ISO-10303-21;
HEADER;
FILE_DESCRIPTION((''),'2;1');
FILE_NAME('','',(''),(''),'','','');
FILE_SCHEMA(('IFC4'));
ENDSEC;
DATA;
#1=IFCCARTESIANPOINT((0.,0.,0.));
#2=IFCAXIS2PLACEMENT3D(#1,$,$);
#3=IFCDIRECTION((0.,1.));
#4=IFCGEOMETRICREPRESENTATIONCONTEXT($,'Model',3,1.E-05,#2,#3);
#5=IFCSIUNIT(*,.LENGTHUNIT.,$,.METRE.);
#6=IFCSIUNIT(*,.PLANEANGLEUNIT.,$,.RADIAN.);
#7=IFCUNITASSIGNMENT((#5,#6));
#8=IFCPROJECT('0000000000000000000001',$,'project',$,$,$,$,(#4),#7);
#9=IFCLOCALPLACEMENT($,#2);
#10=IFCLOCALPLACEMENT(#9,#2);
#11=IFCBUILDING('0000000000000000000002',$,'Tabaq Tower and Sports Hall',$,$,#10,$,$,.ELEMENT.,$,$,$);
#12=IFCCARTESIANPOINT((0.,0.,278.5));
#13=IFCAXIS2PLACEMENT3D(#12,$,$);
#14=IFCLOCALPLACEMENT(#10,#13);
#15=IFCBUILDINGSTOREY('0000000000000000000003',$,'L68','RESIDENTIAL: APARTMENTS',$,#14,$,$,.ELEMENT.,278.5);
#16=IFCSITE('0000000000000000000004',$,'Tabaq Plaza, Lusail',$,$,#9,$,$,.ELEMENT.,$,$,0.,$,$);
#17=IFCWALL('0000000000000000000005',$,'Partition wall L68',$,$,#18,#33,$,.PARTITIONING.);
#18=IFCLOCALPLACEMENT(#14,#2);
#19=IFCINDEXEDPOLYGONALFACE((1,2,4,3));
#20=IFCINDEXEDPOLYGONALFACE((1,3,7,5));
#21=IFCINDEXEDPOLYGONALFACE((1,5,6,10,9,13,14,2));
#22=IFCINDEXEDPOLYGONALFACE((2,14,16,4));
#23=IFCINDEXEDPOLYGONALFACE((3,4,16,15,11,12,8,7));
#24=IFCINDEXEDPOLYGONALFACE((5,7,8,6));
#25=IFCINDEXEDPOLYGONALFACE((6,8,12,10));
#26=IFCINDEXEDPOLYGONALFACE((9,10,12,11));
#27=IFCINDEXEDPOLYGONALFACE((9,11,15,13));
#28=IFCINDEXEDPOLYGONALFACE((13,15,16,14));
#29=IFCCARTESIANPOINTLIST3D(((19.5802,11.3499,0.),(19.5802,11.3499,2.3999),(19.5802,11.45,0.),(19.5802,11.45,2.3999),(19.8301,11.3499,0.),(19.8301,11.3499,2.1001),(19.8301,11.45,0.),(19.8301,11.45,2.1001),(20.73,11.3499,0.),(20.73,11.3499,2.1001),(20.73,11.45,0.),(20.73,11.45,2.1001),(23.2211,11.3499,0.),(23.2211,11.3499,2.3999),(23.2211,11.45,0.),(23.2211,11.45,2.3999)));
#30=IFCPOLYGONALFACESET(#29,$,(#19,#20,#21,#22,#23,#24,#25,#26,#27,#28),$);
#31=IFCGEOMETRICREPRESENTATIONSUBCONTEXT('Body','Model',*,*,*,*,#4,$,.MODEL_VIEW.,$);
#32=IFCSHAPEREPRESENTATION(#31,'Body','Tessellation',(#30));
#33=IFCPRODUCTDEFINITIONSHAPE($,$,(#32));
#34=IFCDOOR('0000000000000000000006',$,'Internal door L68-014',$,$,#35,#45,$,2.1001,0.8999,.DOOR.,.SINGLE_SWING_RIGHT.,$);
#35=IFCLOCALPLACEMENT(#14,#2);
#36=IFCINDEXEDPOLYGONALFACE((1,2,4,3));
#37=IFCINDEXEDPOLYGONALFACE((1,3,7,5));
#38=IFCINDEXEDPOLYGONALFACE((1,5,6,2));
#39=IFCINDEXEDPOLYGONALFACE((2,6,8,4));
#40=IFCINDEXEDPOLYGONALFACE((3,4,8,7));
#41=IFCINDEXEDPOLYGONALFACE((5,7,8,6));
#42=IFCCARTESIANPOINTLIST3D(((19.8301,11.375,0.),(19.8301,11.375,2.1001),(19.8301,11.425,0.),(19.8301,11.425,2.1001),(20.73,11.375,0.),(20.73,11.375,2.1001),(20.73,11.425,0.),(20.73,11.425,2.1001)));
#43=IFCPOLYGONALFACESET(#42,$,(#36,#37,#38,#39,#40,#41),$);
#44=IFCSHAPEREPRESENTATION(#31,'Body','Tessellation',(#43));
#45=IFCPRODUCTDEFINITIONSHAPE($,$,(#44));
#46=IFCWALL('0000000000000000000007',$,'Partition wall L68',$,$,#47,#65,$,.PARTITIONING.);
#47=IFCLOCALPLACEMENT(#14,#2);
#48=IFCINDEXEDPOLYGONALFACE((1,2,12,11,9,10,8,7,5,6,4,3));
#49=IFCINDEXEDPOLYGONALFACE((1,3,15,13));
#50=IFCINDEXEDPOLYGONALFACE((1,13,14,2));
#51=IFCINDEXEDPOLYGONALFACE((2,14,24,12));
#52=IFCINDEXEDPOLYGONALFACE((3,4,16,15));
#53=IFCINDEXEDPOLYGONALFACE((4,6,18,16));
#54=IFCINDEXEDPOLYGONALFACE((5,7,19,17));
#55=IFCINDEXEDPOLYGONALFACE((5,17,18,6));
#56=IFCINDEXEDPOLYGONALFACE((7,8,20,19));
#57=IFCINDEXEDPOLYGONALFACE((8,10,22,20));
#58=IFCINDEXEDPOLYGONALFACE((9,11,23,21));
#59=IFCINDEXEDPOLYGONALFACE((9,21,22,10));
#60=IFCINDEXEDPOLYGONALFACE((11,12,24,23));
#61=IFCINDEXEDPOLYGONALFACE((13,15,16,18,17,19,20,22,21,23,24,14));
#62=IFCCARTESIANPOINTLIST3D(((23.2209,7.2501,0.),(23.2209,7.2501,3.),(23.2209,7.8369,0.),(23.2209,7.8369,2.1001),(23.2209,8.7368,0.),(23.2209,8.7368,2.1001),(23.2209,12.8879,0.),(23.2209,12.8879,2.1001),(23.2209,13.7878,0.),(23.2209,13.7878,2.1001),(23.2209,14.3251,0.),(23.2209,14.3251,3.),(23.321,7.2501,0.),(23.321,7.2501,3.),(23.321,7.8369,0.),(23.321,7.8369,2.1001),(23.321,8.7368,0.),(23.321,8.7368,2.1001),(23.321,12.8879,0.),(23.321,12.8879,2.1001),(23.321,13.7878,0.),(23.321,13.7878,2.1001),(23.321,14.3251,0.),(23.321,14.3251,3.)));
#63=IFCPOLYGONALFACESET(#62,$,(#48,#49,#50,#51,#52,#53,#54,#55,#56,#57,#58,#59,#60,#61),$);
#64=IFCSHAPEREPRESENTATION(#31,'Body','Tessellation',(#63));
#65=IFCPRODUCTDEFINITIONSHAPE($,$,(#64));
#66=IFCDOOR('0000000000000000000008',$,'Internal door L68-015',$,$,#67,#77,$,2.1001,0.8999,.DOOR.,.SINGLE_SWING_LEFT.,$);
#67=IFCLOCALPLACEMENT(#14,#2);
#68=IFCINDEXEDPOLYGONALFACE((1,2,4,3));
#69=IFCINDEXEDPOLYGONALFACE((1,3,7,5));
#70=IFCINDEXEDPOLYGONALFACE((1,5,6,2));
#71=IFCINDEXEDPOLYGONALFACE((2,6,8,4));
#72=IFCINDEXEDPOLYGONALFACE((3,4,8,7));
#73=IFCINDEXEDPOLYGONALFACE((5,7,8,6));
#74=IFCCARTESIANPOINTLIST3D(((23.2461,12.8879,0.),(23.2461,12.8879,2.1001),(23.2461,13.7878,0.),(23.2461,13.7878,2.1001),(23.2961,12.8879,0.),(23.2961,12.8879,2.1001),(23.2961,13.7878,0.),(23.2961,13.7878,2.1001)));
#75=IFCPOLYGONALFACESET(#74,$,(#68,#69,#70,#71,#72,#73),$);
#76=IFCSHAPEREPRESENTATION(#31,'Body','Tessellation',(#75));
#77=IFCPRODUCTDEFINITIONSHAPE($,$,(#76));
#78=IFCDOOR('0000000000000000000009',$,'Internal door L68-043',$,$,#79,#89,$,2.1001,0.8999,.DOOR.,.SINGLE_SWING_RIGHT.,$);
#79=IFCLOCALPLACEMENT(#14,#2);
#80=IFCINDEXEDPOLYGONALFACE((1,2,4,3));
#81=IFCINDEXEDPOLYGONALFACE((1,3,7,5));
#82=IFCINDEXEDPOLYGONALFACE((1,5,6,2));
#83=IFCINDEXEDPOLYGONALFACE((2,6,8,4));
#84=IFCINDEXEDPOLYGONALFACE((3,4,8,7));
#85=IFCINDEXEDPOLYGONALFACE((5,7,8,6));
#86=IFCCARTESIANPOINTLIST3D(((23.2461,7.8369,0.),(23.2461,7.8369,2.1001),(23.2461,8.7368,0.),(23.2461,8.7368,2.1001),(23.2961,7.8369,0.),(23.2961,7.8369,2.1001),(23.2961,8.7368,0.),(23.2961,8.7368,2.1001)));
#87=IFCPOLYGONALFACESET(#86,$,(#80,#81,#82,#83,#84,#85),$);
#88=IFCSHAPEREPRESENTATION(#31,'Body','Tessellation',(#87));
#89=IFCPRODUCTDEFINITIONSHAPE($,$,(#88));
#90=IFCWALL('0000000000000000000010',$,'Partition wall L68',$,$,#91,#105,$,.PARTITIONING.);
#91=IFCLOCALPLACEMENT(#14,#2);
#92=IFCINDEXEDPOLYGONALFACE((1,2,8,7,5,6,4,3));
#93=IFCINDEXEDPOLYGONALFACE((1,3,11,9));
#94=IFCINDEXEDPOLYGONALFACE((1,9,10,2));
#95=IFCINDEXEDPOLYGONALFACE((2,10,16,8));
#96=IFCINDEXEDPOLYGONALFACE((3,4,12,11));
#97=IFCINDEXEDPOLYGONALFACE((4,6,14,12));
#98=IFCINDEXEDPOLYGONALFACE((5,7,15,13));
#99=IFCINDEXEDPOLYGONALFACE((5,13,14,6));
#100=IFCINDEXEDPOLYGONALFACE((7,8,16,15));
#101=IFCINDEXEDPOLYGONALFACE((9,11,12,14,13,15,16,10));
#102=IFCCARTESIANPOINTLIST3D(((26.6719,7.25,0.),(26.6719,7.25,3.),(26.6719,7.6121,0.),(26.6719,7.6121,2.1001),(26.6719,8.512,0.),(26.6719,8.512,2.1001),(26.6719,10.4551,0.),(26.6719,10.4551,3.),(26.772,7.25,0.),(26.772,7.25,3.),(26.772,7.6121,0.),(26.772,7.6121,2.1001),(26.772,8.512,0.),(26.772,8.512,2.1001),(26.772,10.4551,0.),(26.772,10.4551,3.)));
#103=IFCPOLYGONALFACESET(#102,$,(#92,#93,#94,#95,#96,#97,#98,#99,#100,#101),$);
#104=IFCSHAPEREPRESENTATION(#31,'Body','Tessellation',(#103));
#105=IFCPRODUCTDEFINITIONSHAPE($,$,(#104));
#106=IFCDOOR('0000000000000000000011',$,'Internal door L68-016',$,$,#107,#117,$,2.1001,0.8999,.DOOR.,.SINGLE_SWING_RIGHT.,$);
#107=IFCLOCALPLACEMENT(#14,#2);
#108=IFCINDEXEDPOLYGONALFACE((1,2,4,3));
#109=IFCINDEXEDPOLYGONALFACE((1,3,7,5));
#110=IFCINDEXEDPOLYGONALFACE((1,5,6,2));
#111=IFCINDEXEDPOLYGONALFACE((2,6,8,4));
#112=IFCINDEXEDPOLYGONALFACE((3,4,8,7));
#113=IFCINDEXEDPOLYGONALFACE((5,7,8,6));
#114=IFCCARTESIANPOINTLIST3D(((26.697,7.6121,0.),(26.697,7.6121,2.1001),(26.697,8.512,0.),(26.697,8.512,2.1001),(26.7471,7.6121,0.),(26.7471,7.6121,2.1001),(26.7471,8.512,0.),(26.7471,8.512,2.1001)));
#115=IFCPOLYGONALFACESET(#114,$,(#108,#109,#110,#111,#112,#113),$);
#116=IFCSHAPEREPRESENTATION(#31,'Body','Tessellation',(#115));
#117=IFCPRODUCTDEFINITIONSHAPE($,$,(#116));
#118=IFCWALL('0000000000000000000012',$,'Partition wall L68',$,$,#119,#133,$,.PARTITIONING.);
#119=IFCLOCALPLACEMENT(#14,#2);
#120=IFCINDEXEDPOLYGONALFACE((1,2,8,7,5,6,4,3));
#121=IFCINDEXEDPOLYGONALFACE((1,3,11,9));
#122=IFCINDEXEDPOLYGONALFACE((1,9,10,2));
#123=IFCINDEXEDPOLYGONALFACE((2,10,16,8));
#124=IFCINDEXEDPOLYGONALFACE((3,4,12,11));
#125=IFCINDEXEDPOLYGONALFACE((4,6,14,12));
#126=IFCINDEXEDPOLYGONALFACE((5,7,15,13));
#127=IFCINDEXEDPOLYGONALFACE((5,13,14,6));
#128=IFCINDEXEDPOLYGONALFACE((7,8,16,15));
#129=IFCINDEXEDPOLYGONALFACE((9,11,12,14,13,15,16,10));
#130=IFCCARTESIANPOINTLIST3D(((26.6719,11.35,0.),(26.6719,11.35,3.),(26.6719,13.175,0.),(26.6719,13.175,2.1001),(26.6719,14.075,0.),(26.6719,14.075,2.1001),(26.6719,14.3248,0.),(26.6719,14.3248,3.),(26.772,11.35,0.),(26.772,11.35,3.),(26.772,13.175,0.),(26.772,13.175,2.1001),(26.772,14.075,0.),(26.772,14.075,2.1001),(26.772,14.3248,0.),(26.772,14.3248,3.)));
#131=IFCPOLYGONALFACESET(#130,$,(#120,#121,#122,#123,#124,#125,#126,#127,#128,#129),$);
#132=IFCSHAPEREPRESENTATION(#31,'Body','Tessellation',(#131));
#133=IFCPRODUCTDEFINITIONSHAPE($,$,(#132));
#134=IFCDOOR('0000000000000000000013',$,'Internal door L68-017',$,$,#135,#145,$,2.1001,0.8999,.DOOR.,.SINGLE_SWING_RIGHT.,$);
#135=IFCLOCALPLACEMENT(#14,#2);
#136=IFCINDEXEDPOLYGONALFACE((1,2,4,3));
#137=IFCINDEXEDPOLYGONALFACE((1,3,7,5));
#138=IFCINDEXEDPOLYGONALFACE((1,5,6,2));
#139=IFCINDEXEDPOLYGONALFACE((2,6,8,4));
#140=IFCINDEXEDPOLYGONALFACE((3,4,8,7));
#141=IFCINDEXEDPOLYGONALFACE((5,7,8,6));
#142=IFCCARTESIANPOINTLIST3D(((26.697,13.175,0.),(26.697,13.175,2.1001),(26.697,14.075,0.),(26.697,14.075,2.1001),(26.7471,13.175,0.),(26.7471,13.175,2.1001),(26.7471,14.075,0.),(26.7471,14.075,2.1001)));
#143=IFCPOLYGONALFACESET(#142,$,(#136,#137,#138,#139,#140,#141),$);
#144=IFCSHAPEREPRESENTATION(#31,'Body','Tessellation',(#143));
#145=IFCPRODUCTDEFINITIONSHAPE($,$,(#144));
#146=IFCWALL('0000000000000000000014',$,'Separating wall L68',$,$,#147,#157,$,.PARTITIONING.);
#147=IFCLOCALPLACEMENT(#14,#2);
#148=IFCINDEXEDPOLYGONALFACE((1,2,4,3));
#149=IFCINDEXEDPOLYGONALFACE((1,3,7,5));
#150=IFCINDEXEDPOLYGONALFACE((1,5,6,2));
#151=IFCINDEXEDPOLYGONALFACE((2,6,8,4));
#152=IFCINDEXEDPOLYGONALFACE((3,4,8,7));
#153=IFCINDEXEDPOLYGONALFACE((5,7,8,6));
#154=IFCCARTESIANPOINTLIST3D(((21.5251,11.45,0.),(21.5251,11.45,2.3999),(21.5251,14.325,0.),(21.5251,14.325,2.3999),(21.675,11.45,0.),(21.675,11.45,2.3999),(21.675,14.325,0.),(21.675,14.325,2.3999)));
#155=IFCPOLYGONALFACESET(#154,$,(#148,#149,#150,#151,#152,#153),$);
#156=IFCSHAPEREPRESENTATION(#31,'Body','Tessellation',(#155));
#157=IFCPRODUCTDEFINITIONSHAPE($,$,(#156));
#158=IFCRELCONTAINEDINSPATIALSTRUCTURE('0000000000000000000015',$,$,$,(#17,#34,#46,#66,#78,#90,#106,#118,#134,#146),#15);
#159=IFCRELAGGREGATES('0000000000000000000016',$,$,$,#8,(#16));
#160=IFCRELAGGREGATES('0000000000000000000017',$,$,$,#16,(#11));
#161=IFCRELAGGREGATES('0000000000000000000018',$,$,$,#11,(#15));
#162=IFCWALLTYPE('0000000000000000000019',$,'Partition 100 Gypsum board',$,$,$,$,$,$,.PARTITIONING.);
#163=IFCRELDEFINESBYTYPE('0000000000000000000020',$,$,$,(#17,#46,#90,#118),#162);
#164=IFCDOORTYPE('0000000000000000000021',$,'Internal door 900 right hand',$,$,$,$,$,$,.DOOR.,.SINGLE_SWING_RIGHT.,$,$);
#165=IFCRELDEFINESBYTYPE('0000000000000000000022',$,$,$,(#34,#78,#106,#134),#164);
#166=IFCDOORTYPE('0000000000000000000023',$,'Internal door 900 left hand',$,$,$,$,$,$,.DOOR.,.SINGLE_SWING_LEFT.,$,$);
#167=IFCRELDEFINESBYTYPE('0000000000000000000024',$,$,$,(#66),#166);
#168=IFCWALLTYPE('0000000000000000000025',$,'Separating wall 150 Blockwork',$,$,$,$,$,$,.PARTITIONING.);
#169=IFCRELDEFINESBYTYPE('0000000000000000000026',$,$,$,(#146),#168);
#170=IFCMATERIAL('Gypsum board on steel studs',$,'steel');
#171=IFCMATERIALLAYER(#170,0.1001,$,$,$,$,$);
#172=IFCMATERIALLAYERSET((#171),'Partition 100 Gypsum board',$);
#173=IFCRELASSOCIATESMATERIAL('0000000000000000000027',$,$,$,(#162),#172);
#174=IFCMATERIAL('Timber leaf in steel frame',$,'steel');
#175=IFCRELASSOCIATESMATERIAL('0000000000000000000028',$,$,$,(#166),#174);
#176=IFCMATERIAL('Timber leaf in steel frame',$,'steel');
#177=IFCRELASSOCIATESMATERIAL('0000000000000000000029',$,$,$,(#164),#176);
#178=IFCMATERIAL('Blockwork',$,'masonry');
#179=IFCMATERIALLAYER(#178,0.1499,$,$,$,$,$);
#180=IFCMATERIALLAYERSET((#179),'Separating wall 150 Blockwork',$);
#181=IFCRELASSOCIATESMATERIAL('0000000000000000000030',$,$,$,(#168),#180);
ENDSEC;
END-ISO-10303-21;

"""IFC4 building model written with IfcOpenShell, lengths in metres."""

from ifc_helpers import new_model, si_unit, direction, frame, frame_2d, origin, place, context, subcontext, project, spatial, rectangle, extrude, material, layer, layer_set, type_object, element, fill, save


model = new_model("IFC4")

# Units and contexts
model_context = context("Model", 3, precision=1e-05, world=origin(), true_north=direction((0.0, 1.0)))
body_context = subcontext(model_context, "Body", "Model", "MODEL_VIEW")
ifc_project = project(units=[si_unit("LENGTHUNIT", "METRE"), si_unit("PLANEANGLEUNIT", "RADIAN")], contexts=[model_context])

# Site, building, storey
site_placement = place(None, origin())
site = spatial("IfcSite", under=ifc_project, at=site_placement, Name="Tabaq Plaza, Lusail", CompositionType="ELEMENT", RefElevation=0.0)
building_placement = place(site_placement, origin())
building = spatial("IfcBuilding", under=site, at=building_placement, Name="Tabaq Tower and Sports Hall", CompositionType="ELEMENT")
storey_placement = place(building_placement, frame((0.0, 0.0, 278.5)))
storey = spatial("IfcBuildingStorey", under=building, at=storey_placement, Name="L68", Description="RESIDENTIAL: APARTMENTS", CompositionType="ELEMENT", Elevation=278.5)

# Shared definitions
ifc_material_1 = material(Name="Gypsum board on steel studs", Category="steel")
ifc_layer_1 = layer(ifc_material_1, 0.1001)
ifc_layer_set_1 = layer_set([ifc_layer_1], Name="Partition 100 Gypsum board")
wall_type_1 = type_object("IfcWallType", Name="Partition 100 Gypsum board", PredefinedType="PARTITIONING", material=ifc_layer_set_1)
ifc_material_2 = material(Name="Timber leaf in steel frame", Category="steel")
door_type_1 = type_object("IfcDoorType", Name="Internal door 900 left hand", OperationType="SINGLE_SWING_LEFT", PredefinedType="DOOR", material=ifc_material_2)
ifc_material_3 = material(Name="Timber leaf in steel frame", Category="steel")
door_type_2 = type_object("IfcDoorType", Name="Internal door 900 right hand", OperationType="SINGLE_SWING_RIGHT", PredefinedType="DOOR", material=ifc_material_3)

# Wall, opening, door
wall_1_placement = place(storey_placement, frame((23.2209, 11.3999, 0.0), z_axis=(0.0, 0.0, 1.0), x_axis=(-1.0, 0.0, 0.0)))
wall_1 = element("IfcWall", 1, at=wall_1_placement, inside=storey, type_object=wall_type_1, Name="Partition wall L68", PredefinedType="PARTITIONING", context=body_context, shape_type="SweptSolid", body=[
    extrude(rectangle(XDim=3.6409, YDim=0.1001, at=frame_2d((1.8203, 0.0))), origin(), (0.0, 0.0, 1.0), 2.3999),
])
opening_1_placement = place(wall_1_placement, frame((2.491, 0.0, 0.0)))
opening_1 = element("IfcOpeningElement", 2, at=opening_1_placement, cuts=wall_1, PredefinedType="OPENING", context=body_context, shape_type="SweptSolid", body=[
    extrude(rectangle(XDim=0.8999, YDim=2.1001, at=frame_2d((0.45, 1.05))), frame((0.0, 0.05, 0.0), z_axis=(0.0, -1.0, 0.0), x_axis=(1.0, 0.0, 0.0)), (0.0, 0.0, 1.0), 0.1001),
])
door_1_placement = place(opening_1_placement, origin())
door_1 = element("IfcDoor", 3, at=door_1_placement, inside=storey, type_object=door_type_2, Name="Internal door L68-014", OperationType="SINGLE_SWING_RIGHT", OverallHeight=2.1001, OverallWidth=0.8999, PredefinedType="DOOR", context=body_context, shape_type="SweptSolid", body=[
    extrude(rectangle(XDim=0.8999, YDim=2.1001, at=frame_2d((0.45, 1.05))), frame((0.0, 0.0249, 0.0), z_axis=(0.0, -1.0, 0.0), x_axis=(1.0, 0.0, 0.0)), (0.0, 0.0, 1.0), 0.05),
])
fill(opening_1, door_1)

# Wall, openings, doors
wall_2_placement = place(storey_placement, frame((23.271, 7.25, 0.0), z_axis=(0.0, 0.0, 1.0), x_axis=(0.0, 1.0, 0.0)))
wall_2 = element("IfcWall", 4, at=wall_2_placement, inside=storey, type_object=wall_type_1, Name="Partition wall L68", PredefinedType="PARTITIONING", context=body_context, shape_type="SweptSolid", body=[
    extrude(rectangle(XDim=7.075, YDim=0.1001, at=frame_2d((3.5376, 0.0))), origin(), (0.0, 0.0, 1.0), 3.0),
])
opening_2_placement = place(wall_2_placement, frame((5.6379, 0.0, 0.0)))
opening_2 = element("IfcOpeningElement", 5, at=opening_2_placement, cuts=wall_2, PredefinedType="OPENING", context=body_context, shape_type="SweptSolid", body=[
    extrude(rectangle(XDim=0.8999, YDim=2.1001, at=frame_2d((0.45, 1.05))), frame((0.0, 0.05, 0.0), z_axis=(0.0, -1.0, 0.0), x_axis=(1.0, 0.0, 0.0)), (0.0, 0.0, 1.0), 0.1001),
])
opening_3_placement = place(wall_2_placement, frame((0.5869, 0.0, 0.0)))
opening_3 = element("IfcOpeningElement", 6, at=opening_3_placement, cuts=wall_2, PredefinedType="OPENING", context=body_context, shape_type="SweptSolid", body=[
    extrude(rectangle(XDim=0.8999, YDim=2.1001, at=frame_2d((0.45, 1.05))), frame((0.0, 0.05, 0.0), z_axis=(0.0, -1.0, 0.0), x_axis=(1.0, 0.0, 0.0)), (0.0, 0.0, 1.0), 0.1001),
])
door_2_placement = place(opening_2_placement, origin())
door_2 = element("IfcDoor", 7, at=door_2_placement, inside=storey, type_object=door_type_1, Name="Internal door L68-015", OperationType="SINGLE_SWING_LEFT", OverallHeight=2.1001, OverallWidth=0.8999, PredefinedType="DOOR", context=body_context, shape_type="SweptSolid", body=[
    extrude(rectangle(XDim=0.8999, YDim=2.1001, at=frame_2d((0.45, 1.05))), frame((0.0, 0.0249, 0.0), z_axis=(0.0, -1.0, 0.0), x_axis=(1.0, 0.0, 0.0)), (0.0, 0.0, 1.0), 0.05),
])
fill(opening_2, door_2)
door_3_placement = place(opening_3_placement, origin())
door_3 = element("IfcDoor", 8, at=door_3_placement, inside=storey, type_object=door_type_2, Name="Internal door L68-043", OperationType="SINGLE_SWING_RIGHT", OverallHeight=2.1001, OverallWidth=0.8999, PredefinedType="DOOR", context=body_context, shape_type="SweptSolid", body=[
    extrude(rectangle(XDim=0.8999, YDim=2.1001, at=frame_2d((0.45, 1.05))), frame((0.0, 0.0249, 0.0), z_axis=(0.0, -1.0, 0.0), x_axis=(1.0, 0.0, 0.0)), (0.0, 0.0, 1.0), 0.05),
])
fill(opening_3, door_3)

# Walls, openings, doors
wall_3_placement = place(storey_placement, frame((26.7219, 7.25, 0.0), z_axis=(0.0, 0.0, 1.0), x_axis=(0.0, 1.0, 0.0)))
wall_3 = element("IfcWall", 9, at=wall_3_placement, inside=storey, type_object=wall_type_1, Name="Partition wall L68", PredefinedType="PARTITIONING", context=body_context, shape_type="SweptSolid", body=[
    extrude(rectangle(XDim=3.2051, YDim=0.1001, at=frame_2d((1.6025, 0.0))), origin(), (0.0, 0.0, 1.0), 3.0),
])
opening_4_placement = place(wall_3_placement, frame((0.3621, 0.0, 0.0)))
opening_4 = element("IfcOpeningElement", 10, at=opening_4_placement, cuts=wall_3, PredefinedType="OPENING", context=body_context, shape_type="SweptSolid", body=[
    extrude(rectangle(XDim=0.8999, YDim=2.1001, at=frame_2d((0.45, 1.05))), frame((0.0, 0.05, 0.0), z_axis=(0.0, -1.0, 0.0), x_axis=(1.0, 0.0, 0.0)), (0.0, 0.0, 1.0), 0.1001),
])
door_4_placement = place(opening_4_placement, origin())
door_4 = element("IfcDoor", 11, at=door_4_placement, inside=storey, type_object=door_type_2, Name="Internal door L68-016", OperationType="SINGLE_SWING_RIGHT", OverallHeight=2.1001, OverallWidth=0.8999, PredefinedType="DOOR", context=body_context, shape_type="SweptSolid", body=[
    extrude(rectangle(XDim=0.8999, YDim=2.1001, at=frame_2d((0.45, 1.05))), frame((0.0, 0.0249, 0.0), z_axis=(0.0, -1.0, 0.0), x_axis=(1.0, 0.0, 0.0)), (0.0, 0.0, 1.0), 0.05),
])
fill(opening_4, door_4)
wall_4_placement = place(storey_placement, frame((26.7219, 11.3501, 0.0), z_axis=(0.0, 0.0, 1.0), x_axis=(0.0, 1.0, 0.0)))
wall_4 = element("IfcWall", 12, at=wall_4_placement, inside=storey, type_object=wall_type_1, Name="Partition wall L68", PredefinedType="PARTITIONING", context=body_context, shape_type="SweptSolid", body=[
    extrude(rectangle(XDim=2.9749, YDim=0.1001, at=frame_2d((1.4873, 0.0))), origin(), (0.0, 0.0, 1.0), 3.0),
])
opening_5_placement = place(wall_4_placement, frame((1.825, 0.0, 0.0)))
opening_5 = element("IfcOpeningElement", 13, at=opening_5_placement, cuts=wall_4, PredefinedType="OPENING", context=body_context, shape_type="SweptSolid", body=[
    extrude(rectangle(XDim=0.8999, YDim=2.1001, at=frame_2d((0.45, 1.05))), frame((0.0, 0.05, 0.0), z_axis=(0.0, -1.0, 0.0), x_axis=(1.0, 0.0, 0.0)), (0.0, 0.0, 1.0), 0.1001),
])
door_5_placement = place(opening_5_placement, origin())
door_5 = element("IfcDoor", 14, at=door_5_placement, inside=storey, type_object=door_type_2, Name="Internal door L68-017", OperationType="SINGLE_SWING_RIGHT", OverallHeight=2.1001, OverallWidth=0.8999, PredefinedType="DOOR", context=body_context, shape_type="SweptSolid", body=[
    extrude(rectangle(XDim=0.8999, YDim=2.1001, at=frame_2d((0.45, 1.05))), frame((0.0, 0.0249, 0.0), z_axis=(0.0, -1.0, 0.0), x_axis=(1.0, 0.0, 0.0)), (0.0, 0.0, 1.0), 0.05),
])
fill(opening_5, door_5)

# Wall
ifc_material_4 = material(Name="Blockwork", Category="masonry")
ifc_layer_2 = layer(ifc_material_4, 0.1499)
ifc_layer_set_2 = layer_set([ifc_layer_2], Name="Separating wall 150 Blockwork")
wall_type_2 = type_object("IfcWallType", Name="Separating wall 150 Blockwork", PredefinedType="PARTITIONING", material=ifc_layer_set_2)
wall_5_placement = place(storey_placement, frame((21.6001, 11.45, 0.0), z_axis=(0.0, 0.0, 1.0), x_axis=(0.0, 1.0, 0.0)))
element("IfcWall", 15, at=wall_5_placement, inside=storey, type_object=wall_type_2, Name="Separating wall L68", PredefinedType="PARTITIONING", context=body_context, shape_type="SweptSolid", body=[
    extrude(rectangle(XDim=2.875, YDim=0.1499, at=frame_2d((1.4375, 0.0))), origin(), (0.0, 0.0, 1.0), 2.3999),
])

save(model, "model.ifc")
